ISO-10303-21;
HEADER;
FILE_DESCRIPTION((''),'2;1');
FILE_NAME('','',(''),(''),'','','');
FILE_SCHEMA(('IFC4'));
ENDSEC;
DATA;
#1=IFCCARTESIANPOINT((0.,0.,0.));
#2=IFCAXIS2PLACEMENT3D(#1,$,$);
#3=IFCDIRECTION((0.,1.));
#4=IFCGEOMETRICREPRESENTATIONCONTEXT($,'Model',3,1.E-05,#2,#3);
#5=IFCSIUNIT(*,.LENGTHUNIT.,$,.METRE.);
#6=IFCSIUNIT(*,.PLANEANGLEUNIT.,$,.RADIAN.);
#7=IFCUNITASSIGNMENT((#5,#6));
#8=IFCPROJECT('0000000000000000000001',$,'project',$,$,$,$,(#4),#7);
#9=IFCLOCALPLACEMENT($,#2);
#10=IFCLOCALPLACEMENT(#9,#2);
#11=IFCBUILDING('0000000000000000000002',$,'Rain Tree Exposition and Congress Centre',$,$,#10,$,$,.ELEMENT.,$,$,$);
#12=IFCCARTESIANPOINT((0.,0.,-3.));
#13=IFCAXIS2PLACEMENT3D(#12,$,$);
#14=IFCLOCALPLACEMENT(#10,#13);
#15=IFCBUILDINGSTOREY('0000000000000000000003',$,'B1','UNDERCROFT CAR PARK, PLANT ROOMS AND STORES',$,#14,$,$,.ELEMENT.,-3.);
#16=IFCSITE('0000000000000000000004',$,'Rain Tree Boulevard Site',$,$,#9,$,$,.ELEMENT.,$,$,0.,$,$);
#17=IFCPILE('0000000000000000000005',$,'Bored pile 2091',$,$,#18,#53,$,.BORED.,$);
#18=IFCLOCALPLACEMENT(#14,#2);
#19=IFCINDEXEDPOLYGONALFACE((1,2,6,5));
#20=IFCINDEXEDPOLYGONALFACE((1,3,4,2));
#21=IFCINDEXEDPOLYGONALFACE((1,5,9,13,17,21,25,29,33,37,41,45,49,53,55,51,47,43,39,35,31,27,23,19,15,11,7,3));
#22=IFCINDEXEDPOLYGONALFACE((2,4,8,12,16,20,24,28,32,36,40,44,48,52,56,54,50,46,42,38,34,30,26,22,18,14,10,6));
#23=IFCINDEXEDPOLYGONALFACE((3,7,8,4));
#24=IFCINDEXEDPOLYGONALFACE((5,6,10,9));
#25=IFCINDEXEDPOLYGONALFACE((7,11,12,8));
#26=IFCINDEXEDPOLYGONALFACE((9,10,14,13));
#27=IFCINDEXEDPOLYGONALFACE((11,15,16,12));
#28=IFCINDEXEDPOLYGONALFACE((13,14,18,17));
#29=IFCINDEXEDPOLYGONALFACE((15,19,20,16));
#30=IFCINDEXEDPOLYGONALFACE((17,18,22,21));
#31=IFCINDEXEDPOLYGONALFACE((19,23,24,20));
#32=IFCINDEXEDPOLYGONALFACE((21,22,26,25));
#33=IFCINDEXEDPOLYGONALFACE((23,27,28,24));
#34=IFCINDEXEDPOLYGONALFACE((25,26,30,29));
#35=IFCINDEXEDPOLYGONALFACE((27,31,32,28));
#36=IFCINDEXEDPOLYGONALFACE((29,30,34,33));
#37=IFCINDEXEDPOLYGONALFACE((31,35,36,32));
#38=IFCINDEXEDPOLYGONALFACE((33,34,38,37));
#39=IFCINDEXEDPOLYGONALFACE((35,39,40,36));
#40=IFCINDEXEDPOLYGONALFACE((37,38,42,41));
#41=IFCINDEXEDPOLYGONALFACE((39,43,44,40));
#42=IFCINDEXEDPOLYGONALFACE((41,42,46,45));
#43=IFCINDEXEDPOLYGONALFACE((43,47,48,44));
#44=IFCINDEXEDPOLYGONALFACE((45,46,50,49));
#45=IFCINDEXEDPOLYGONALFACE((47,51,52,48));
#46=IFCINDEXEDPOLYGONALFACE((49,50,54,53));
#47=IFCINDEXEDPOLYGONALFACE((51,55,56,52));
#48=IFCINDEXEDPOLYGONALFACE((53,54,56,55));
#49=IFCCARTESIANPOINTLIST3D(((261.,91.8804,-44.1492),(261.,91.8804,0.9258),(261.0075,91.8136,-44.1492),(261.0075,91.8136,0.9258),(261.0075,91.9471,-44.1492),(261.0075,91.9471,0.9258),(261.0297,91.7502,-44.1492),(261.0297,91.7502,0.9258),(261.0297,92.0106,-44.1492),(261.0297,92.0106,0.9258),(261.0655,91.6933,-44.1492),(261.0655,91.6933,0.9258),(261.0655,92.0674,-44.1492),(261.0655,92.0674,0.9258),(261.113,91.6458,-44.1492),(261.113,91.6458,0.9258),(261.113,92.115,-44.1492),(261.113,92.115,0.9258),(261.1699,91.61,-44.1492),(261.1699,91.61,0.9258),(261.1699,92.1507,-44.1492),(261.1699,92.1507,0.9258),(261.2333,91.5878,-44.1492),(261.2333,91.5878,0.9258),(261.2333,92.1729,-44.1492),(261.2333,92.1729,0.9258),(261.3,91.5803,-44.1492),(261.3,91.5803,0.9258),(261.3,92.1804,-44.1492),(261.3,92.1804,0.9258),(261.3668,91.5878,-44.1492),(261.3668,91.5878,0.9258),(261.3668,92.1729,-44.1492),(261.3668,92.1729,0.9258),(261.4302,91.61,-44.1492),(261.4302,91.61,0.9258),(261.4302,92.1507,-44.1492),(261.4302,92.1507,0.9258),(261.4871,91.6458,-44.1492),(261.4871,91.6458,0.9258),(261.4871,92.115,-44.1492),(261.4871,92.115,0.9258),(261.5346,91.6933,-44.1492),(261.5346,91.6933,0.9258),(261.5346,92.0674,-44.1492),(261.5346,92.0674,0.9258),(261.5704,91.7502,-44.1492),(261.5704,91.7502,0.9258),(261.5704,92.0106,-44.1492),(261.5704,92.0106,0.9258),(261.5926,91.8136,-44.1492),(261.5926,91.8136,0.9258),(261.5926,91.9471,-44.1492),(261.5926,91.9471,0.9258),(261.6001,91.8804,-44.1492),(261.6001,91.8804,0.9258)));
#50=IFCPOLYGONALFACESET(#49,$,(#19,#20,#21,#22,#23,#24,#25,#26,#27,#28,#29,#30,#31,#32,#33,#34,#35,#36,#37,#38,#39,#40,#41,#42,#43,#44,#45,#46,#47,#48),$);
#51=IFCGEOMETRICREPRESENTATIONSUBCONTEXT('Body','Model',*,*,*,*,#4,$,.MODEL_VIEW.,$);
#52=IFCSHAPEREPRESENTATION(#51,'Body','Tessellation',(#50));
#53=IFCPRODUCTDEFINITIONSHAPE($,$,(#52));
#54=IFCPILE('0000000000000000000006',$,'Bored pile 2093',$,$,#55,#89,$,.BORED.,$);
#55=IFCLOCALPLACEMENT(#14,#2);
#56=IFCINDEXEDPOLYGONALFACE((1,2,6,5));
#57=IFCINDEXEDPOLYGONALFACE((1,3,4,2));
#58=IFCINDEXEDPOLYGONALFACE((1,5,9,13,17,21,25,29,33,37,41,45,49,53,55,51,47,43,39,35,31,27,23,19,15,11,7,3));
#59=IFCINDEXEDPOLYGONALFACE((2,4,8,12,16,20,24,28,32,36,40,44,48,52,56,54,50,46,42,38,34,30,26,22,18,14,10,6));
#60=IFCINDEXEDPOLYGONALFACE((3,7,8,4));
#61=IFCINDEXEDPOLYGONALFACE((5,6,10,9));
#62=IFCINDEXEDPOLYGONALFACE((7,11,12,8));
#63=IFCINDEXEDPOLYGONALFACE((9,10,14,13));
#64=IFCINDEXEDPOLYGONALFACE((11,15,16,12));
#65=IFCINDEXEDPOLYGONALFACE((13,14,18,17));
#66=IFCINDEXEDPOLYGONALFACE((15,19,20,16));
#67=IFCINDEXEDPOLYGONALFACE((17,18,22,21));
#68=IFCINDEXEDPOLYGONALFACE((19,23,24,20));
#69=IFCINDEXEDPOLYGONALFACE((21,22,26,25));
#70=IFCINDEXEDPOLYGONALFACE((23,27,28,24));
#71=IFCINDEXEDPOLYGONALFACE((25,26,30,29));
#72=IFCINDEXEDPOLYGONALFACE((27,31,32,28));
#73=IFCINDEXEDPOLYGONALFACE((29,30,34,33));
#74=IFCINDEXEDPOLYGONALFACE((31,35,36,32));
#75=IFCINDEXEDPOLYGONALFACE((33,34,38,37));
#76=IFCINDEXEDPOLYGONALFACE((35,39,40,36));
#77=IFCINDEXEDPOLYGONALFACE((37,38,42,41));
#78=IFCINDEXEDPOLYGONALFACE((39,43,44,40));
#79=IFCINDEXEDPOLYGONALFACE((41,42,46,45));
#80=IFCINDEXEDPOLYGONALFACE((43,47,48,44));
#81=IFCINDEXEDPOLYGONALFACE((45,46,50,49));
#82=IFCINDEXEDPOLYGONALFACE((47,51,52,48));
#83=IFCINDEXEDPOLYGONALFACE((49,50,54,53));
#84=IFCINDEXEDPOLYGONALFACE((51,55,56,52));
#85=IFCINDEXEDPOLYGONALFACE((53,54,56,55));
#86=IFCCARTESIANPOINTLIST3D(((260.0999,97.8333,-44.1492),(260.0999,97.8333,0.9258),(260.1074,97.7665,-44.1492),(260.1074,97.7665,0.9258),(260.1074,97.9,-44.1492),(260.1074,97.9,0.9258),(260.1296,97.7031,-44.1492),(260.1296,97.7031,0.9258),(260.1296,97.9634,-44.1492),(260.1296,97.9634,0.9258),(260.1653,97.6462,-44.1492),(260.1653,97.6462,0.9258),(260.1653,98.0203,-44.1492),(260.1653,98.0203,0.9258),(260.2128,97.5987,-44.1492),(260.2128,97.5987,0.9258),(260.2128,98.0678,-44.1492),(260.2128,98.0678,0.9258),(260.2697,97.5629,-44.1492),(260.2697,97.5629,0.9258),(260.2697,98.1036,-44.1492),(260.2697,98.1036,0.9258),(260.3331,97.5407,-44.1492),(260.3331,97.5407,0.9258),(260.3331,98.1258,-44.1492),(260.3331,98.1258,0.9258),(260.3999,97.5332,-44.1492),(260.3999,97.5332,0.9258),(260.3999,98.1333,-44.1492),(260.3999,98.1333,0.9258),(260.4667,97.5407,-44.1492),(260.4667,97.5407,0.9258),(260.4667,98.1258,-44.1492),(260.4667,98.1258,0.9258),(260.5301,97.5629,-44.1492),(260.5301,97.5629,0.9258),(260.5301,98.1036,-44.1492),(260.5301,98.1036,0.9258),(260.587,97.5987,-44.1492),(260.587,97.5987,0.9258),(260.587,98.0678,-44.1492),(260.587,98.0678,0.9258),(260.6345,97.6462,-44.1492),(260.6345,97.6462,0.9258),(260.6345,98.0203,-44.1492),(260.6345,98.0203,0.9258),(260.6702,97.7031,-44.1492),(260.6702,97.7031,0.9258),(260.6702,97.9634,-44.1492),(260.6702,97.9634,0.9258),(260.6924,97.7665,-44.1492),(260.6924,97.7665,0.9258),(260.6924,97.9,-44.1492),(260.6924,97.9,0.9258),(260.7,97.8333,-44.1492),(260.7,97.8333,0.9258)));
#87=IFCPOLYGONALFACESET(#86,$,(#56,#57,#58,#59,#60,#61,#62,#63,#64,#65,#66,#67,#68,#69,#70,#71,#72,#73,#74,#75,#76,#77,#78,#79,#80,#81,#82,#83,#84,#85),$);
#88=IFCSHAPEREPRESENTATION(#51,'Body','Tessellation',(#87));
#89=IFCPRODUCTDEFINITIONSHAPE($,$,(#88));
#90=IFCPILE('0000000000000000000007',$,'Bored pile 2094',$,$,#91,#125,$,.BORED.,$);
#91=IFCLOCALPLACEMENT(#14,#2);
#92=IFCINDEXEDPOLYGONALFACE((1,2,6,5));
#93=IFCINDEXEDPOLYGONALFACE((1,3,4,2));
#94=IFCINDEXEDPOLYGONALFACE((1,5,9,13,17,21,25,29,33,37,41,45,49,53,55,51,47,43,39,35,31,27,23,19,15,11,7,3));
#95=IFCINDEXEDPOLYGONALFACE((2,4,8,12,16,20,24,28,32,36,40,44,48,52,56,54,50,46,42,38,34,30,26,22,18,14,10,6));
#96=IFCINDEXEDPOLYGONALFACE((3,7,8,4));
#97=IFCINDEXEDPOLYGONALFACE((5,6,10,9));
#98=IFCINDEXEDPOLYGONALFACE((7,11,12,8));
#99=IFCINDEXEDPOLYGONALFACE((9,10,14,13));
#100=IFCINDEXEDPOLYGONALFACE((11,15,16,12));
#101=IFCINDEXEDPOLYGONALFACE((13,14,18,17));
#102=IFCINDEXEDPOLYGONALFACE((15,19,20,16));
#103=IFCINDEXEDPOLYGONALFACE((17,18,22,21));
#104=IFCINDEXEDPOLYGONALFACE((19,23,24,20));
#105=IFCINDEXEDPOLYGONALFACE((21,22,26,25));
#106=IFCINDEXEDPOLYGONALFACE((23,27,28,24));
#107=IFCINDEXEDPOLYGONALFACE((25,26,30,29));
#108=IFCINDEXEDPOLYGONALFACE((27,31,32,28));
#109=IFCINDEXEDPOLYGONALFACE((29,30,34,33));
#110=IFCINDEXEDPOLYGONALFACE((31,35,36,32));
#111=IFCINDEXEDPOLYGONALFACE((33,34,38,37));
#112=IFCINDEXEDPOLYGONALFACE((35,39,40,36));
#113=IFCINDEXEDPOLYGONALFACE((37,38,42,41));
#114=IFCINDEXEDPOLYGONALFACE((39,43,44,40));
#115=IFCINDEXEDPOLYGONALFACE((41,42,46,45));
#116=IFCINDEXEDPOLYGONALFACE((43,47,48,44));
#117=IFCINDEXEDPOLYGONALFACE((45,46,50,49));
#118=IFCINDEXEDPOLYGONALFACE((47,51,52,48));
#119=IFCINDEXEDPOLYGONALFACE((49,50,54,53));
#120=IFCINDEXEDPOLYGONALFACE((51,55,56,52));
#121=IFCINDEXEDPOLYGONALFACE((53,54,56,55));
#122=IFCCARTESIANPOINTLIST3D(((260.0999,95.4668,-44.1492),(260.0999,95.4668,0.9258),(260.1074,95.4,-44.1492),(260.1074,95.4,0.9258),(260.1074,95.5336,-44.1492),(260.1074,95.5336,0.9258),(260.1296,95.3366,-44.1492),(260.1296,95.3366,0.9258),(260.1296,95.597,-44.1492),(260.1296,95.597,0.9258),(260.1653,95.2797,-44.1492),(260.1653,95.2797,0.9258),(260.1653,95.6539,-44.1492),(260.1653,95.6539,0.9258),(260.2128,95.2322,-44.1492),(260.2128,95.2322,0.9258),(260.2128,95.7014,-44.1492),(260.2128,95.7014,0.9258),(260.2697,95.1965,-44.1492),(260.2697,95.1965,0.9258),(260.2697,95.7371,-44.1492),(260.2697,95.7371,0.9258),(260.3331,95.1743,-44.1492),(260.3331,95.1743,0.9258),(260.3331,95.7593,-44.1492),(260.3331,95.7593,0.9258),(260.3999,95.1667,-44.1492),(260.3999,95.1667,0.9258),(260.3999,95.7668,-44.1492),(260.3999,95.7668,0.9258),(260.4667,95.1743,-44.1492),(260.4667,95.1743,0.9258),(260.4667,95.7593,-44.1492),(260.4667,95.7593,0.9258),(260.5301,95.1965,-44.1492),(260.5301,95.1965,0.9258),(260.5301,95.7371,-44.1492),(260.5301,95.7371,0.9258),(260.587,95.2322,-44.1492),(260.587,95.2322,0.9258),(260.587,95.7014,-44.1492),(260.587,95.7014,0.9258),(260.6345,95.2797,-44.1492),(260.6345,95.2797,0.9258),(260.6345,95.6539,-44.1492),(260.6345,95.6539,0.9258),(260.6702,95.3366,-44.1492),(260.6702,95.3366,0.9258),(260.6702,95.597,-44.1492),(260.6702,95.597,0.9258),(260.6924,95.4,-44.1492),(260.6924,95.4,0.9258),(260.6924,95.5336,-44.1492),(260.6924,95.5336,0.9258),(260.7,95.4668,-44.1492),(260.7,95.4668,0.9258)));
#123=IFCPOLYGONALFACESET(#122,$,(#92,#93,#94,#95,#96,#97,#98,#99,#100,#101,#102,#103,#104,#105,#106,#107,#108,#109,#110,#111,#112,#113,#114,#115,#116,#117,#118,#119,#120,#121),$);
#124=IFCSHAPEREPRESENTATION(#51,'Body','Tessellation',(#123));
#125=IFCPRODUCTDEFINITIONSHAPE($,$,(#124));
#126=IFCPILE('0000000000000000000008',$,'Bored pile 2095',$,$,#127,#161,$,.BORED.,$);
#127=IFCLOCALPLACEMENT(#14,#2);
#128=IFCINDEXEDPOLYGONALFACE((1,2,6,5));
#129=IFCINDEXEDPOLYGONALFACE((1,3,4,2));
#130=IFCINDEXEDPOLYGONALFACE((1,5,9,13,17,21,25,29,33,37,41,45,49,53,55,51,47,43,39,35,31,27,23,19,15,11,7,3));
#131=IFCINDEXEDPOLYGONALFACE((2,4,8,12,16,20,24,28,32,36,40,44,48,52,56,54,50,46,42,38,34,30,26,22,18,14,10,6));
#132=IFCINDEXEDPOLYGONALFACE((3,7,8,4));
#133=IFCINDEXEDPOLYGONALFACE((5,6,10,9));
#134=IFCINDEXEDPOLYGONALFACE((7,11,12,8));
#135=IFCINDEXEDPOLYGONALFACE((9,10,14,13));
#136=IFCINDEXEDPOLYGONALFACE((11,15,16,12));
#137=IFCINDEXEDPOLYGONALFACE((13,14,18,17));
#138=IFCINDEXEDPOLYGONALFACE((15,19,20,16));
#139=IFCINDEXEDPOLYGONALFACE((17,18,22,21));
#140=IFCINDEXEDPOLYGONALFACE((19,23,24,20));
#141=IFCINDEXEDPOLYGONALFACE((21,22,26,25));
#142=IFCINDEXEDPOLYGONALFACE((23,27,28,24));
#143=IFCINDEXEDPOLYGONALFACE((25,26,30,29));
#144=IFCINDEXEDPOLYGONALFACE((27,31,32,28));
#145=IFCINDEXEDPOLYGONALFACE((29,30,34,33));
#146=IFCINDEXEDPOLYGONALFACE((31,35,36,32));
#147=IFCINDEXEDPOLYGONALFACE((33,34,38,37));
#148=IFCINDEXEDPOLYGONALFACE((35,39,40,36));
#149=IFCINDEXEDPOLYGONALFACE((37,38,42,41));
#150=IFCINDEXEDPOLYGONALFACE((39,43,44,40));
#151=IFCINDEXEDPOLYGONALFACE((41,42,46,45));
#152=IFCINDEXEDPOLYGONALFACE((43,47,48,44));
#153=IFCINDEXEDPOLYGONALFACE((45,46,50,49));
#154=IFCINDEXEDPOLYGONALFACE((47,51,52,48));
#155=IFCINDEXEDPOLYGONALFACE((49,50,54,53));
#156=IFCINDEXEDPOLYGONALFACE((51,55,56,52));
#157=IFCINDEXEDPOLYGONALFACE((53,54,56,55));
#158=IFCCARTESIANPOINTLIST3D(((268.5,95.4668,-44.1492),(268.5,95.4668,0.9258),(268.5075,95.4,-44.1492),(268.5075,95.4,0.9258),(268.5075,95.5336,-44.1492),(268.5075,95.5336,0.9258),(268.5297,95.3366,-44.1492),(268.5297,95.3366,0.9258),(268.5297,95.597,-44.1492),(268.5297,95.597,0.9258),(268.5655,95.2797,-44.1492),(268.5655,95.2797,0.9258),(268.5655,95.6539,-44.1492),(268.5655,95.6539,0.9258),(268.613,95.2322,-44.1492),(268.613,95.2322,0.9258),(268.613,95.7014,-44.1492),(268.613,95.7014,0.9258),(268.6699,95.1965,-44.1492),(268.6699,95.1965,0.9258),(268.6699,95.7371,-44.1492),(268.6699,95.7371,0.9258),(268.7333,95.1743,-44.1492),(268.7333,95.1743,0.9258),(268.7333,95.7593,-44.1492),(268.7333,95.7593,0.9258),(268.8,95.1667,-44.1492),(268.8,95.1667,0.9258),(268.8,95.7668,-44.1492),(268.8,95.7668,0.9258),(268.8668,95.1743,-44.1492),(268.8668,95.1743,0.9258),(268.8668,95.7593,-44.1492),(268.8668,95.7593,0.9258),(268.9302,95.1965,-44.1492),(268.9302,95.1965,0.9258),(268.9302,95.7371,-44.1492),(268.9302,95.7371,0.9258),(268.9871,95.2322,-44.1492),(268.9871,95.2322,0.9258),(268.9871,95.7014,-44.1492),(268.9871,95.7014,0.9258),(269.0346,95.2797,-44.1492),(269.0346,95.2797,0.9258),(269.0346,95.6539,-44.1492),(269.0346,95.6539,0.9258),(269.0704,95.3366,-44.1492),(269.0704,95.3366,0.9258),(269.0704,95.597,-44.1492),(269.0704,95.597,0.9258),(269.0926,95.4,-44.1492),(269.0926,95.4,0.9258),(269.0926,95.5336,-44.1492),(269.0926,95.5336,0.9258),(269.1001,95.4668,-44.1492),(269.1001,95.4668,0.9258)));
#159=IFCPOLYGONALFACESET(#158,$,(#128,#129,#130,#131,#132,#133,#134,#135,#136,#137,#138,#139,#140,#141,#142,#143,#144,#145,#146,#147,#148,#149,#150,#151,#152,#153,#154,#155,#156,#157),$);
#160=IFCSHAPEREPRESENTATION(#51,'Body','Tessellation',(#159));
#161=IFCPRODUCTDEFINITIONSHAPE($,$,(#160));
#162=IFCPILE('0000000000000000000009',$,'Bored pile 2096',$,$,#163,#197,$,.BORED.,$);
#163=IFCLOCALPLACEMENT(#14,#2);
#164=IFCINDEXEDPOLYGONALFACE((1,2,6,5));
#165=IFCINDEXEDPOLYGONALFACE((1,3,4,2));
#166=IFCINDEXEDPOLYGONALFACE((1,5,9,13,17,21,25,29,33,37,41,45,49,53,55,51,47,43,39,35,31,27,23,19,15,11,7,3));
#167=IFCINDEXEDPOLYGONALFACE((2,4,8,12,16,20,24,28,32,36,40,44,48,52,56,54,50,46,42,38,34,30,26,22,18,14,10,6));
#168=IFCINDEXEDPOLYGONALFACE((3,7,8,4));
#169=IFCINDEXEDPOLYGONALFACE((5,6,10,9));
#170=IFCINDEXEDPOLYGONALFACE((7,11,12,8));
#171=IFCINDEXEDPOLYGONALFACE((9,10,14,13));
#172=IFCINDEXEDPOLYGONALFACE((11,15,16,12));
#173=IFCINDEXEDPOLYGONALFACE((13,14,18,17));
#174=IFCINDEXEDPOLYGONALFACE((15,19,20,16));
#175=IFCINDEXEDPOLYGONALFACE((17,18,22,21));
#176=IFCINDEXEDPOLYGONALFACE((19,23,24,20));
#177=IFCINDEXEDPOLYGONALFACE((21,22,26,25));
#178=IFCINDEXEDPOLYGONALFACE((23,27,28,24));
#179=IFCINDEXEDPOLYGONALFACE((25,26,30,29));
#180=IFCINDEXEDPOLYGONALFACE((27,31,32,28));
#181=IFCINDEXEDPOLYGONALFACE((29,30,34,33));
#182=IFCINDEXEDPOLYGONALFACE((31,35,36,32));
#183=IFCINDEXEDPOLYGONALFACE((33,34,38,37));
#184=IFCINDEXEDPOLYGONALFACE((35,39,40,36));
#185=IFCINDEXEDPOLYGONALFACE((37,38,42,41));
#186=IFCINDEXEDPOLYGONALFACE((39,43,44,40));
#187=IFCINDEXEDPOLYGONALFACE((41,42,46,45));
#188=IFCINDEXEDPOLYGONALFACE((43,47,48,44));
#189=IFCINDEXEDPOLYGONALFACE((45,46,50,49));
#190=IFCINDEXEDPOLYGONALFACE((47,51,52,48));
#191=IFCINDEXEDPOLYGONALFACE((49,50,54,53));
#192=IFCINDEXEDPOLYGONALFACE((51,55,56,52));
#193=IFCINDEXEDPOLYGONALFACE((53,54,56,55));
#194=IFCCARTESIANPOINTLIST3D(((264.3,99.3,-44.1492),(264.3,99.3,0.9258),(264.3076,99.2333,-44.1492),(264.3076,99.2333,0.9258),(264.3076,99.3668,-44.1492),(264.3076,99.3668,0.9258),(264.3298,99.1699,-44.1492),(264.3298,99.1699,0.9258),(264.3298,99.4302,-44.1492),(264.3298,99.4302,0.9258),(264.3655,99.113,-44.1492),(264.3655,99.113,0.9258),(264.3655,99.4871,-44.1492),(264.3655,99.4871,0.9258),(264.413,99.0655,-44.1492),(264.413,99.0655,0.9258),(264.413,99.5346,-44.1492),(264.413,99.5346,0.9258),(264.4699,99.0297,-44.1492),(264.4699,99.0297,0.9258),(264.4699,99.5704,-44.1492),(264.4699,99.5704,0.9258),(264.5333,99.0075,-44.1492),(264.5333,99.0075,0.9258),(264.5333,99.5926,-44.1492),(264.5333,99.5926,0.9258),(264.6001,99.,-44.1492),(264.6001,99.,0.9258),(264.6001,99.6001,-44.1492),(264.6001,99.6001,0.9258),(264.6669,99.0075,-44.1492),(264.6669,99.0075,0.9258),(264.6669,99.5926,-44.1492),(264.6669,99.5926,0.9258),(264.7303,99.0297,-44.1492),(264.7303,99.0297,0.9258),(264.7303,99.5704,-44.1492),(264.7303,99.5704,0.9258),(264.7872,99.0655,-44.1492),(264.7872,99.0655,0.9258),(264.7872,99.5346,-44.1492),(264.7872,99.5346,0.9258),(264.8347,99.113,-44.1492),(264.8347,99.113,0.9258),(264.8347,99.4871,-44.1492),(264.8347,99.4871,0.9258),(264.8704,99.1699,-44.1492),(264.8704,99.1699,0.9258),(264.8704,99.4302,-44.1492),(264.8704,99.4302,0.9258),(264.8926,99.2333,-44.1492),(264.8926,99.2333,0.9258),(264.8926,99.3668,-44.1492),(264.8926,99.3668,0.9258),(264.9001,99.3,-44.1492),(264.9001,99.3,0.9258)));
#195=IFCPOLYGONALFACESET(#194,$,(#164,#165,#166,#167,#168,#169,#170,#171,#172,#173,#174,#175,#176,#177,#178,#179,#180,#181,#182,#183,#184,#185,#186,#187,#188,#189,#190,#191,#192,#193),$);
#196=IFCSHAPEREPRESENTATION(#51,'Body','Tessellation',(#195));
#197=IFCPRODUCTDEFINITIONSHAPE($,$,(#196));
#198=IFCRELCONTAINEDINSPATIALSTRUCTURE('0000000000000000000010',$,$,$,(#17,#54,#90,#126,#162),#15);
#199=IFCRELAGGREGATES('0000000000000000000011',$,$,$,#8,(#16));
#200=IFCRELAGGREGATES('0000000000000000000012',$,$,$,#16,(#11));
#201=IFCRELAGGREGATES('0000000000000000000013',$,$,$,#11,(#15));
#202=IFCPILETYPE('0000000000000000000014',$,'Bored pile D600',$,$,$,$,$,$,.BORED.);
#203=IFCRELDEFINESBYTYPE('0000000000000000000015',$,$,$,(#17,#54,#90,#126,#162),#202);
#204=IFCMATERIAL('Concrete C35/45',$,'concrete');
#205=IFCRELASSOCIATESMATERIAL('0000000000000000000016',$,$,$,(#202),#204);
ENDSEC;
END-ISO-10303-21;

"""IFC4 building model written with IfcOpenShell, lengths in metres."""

from ifc_helpers import new_model, si_unit, direction, frame, origin, origin_2d, place, context, subcontext, project, spatial, circle, extrude, material, material_profile, profile_set, type_object, element, save


model = new_model("IFC4")

# Units and contexts
model_context = context("Model", 3, precision=1e-05, world=origin(), true_north=direction((0.0, 1.0)))
body_context = subcontext(model_context, "Body", "Model", "MODEL_VIEW")
ifc_project = project(units=[si_unit("LENGTHUNIT", "METRE"), si_unit("PLANEANGLEUNIT", "RADIAN")], contexts=[model_context])

# Site, building, storey
site_placement = place(None, origin())
site = spatial("IfcSite", under=ifc_project, at=site_placement, Name="Rain Tree Boulevard Site", CompositionType="ELEMENT", RefElevation=0.0)
building_placement = place(site_placement, origin())
building = spatial("IfcBuilding", under=site, at=building_placement, Name="Rain Tree Exposition and Congress Centre", CompositionType="ELEMENT")
storey_placement = place(building_placement, frame((0.0, 0.0, -3.0)))
storey = spatial("IfcBuildingStorey", under=building, at=storey_placement, Name="B1", Description="UNDERCROFT CAR PARK, PLANT ROOMS AND STORES", CompositionType="ELEMENT", Elevation=-3.0)

# Piles
ifc_material_1 = material(Name="Concrete C35/45", Category="concrete")
ifc_material_profile_1 = material_profile(ifc_material_1, circle(Radius=0.3, at=origin_2d()), Name="D600")
ifc_profile_set_1 = profile_set([ifc_material_profile_1], Name="Concrete C35/45")
pile_type_1 = type_object("IfcPileType", Name="Bored pile D600", PredefinedType="BORED", material=ifc_profile_set_1)
for number, where, z_axis, x_axis, name in (
    (1, (261.3, 91.8804, 0.9258), (0.0, 0.0, -1.0), (1.0, 0.0, 0.0), "Bored pile 2091"),
    (2, (260.3999, 97.8333, 0.9258), (0.0, 0.0, -1.0), (1.0, 0.0, 0.0), "Bored pile 2093"),
    (3, (260.3999, 95.4668, 0.9258), (0.0, 0.0, -1.0), (1.0, 0.0, 0.0), "Bored pile 2094"),
    (4, (268.8, 95.4668, 0.9258), (0.0, 0.0, -1.0), (1.0, 0.0, 0.0), "Bored pile 2095"),
    (5, (264.6001, 99.3, 0.9258), (0.0, 0.0, -1.0), (1.0, 0.0, 0.0), "Bored pile 2096"),
):
    element("IfcPile", number, at=place(storey_placement, frame(where, z_axis=z_axis, x_axis=x_axis)), inside=storey, type_object=pile_type_1, Name=name, PredefinedType="BORED", context=body_context, shape_type="SweptSolid", body=[
        extrude(circle(Radius=0.3, at=origin_2d()), origin(), (0.0, 0.0, 1.0), 45.075),
    ])

save(model, "model.ifc")
